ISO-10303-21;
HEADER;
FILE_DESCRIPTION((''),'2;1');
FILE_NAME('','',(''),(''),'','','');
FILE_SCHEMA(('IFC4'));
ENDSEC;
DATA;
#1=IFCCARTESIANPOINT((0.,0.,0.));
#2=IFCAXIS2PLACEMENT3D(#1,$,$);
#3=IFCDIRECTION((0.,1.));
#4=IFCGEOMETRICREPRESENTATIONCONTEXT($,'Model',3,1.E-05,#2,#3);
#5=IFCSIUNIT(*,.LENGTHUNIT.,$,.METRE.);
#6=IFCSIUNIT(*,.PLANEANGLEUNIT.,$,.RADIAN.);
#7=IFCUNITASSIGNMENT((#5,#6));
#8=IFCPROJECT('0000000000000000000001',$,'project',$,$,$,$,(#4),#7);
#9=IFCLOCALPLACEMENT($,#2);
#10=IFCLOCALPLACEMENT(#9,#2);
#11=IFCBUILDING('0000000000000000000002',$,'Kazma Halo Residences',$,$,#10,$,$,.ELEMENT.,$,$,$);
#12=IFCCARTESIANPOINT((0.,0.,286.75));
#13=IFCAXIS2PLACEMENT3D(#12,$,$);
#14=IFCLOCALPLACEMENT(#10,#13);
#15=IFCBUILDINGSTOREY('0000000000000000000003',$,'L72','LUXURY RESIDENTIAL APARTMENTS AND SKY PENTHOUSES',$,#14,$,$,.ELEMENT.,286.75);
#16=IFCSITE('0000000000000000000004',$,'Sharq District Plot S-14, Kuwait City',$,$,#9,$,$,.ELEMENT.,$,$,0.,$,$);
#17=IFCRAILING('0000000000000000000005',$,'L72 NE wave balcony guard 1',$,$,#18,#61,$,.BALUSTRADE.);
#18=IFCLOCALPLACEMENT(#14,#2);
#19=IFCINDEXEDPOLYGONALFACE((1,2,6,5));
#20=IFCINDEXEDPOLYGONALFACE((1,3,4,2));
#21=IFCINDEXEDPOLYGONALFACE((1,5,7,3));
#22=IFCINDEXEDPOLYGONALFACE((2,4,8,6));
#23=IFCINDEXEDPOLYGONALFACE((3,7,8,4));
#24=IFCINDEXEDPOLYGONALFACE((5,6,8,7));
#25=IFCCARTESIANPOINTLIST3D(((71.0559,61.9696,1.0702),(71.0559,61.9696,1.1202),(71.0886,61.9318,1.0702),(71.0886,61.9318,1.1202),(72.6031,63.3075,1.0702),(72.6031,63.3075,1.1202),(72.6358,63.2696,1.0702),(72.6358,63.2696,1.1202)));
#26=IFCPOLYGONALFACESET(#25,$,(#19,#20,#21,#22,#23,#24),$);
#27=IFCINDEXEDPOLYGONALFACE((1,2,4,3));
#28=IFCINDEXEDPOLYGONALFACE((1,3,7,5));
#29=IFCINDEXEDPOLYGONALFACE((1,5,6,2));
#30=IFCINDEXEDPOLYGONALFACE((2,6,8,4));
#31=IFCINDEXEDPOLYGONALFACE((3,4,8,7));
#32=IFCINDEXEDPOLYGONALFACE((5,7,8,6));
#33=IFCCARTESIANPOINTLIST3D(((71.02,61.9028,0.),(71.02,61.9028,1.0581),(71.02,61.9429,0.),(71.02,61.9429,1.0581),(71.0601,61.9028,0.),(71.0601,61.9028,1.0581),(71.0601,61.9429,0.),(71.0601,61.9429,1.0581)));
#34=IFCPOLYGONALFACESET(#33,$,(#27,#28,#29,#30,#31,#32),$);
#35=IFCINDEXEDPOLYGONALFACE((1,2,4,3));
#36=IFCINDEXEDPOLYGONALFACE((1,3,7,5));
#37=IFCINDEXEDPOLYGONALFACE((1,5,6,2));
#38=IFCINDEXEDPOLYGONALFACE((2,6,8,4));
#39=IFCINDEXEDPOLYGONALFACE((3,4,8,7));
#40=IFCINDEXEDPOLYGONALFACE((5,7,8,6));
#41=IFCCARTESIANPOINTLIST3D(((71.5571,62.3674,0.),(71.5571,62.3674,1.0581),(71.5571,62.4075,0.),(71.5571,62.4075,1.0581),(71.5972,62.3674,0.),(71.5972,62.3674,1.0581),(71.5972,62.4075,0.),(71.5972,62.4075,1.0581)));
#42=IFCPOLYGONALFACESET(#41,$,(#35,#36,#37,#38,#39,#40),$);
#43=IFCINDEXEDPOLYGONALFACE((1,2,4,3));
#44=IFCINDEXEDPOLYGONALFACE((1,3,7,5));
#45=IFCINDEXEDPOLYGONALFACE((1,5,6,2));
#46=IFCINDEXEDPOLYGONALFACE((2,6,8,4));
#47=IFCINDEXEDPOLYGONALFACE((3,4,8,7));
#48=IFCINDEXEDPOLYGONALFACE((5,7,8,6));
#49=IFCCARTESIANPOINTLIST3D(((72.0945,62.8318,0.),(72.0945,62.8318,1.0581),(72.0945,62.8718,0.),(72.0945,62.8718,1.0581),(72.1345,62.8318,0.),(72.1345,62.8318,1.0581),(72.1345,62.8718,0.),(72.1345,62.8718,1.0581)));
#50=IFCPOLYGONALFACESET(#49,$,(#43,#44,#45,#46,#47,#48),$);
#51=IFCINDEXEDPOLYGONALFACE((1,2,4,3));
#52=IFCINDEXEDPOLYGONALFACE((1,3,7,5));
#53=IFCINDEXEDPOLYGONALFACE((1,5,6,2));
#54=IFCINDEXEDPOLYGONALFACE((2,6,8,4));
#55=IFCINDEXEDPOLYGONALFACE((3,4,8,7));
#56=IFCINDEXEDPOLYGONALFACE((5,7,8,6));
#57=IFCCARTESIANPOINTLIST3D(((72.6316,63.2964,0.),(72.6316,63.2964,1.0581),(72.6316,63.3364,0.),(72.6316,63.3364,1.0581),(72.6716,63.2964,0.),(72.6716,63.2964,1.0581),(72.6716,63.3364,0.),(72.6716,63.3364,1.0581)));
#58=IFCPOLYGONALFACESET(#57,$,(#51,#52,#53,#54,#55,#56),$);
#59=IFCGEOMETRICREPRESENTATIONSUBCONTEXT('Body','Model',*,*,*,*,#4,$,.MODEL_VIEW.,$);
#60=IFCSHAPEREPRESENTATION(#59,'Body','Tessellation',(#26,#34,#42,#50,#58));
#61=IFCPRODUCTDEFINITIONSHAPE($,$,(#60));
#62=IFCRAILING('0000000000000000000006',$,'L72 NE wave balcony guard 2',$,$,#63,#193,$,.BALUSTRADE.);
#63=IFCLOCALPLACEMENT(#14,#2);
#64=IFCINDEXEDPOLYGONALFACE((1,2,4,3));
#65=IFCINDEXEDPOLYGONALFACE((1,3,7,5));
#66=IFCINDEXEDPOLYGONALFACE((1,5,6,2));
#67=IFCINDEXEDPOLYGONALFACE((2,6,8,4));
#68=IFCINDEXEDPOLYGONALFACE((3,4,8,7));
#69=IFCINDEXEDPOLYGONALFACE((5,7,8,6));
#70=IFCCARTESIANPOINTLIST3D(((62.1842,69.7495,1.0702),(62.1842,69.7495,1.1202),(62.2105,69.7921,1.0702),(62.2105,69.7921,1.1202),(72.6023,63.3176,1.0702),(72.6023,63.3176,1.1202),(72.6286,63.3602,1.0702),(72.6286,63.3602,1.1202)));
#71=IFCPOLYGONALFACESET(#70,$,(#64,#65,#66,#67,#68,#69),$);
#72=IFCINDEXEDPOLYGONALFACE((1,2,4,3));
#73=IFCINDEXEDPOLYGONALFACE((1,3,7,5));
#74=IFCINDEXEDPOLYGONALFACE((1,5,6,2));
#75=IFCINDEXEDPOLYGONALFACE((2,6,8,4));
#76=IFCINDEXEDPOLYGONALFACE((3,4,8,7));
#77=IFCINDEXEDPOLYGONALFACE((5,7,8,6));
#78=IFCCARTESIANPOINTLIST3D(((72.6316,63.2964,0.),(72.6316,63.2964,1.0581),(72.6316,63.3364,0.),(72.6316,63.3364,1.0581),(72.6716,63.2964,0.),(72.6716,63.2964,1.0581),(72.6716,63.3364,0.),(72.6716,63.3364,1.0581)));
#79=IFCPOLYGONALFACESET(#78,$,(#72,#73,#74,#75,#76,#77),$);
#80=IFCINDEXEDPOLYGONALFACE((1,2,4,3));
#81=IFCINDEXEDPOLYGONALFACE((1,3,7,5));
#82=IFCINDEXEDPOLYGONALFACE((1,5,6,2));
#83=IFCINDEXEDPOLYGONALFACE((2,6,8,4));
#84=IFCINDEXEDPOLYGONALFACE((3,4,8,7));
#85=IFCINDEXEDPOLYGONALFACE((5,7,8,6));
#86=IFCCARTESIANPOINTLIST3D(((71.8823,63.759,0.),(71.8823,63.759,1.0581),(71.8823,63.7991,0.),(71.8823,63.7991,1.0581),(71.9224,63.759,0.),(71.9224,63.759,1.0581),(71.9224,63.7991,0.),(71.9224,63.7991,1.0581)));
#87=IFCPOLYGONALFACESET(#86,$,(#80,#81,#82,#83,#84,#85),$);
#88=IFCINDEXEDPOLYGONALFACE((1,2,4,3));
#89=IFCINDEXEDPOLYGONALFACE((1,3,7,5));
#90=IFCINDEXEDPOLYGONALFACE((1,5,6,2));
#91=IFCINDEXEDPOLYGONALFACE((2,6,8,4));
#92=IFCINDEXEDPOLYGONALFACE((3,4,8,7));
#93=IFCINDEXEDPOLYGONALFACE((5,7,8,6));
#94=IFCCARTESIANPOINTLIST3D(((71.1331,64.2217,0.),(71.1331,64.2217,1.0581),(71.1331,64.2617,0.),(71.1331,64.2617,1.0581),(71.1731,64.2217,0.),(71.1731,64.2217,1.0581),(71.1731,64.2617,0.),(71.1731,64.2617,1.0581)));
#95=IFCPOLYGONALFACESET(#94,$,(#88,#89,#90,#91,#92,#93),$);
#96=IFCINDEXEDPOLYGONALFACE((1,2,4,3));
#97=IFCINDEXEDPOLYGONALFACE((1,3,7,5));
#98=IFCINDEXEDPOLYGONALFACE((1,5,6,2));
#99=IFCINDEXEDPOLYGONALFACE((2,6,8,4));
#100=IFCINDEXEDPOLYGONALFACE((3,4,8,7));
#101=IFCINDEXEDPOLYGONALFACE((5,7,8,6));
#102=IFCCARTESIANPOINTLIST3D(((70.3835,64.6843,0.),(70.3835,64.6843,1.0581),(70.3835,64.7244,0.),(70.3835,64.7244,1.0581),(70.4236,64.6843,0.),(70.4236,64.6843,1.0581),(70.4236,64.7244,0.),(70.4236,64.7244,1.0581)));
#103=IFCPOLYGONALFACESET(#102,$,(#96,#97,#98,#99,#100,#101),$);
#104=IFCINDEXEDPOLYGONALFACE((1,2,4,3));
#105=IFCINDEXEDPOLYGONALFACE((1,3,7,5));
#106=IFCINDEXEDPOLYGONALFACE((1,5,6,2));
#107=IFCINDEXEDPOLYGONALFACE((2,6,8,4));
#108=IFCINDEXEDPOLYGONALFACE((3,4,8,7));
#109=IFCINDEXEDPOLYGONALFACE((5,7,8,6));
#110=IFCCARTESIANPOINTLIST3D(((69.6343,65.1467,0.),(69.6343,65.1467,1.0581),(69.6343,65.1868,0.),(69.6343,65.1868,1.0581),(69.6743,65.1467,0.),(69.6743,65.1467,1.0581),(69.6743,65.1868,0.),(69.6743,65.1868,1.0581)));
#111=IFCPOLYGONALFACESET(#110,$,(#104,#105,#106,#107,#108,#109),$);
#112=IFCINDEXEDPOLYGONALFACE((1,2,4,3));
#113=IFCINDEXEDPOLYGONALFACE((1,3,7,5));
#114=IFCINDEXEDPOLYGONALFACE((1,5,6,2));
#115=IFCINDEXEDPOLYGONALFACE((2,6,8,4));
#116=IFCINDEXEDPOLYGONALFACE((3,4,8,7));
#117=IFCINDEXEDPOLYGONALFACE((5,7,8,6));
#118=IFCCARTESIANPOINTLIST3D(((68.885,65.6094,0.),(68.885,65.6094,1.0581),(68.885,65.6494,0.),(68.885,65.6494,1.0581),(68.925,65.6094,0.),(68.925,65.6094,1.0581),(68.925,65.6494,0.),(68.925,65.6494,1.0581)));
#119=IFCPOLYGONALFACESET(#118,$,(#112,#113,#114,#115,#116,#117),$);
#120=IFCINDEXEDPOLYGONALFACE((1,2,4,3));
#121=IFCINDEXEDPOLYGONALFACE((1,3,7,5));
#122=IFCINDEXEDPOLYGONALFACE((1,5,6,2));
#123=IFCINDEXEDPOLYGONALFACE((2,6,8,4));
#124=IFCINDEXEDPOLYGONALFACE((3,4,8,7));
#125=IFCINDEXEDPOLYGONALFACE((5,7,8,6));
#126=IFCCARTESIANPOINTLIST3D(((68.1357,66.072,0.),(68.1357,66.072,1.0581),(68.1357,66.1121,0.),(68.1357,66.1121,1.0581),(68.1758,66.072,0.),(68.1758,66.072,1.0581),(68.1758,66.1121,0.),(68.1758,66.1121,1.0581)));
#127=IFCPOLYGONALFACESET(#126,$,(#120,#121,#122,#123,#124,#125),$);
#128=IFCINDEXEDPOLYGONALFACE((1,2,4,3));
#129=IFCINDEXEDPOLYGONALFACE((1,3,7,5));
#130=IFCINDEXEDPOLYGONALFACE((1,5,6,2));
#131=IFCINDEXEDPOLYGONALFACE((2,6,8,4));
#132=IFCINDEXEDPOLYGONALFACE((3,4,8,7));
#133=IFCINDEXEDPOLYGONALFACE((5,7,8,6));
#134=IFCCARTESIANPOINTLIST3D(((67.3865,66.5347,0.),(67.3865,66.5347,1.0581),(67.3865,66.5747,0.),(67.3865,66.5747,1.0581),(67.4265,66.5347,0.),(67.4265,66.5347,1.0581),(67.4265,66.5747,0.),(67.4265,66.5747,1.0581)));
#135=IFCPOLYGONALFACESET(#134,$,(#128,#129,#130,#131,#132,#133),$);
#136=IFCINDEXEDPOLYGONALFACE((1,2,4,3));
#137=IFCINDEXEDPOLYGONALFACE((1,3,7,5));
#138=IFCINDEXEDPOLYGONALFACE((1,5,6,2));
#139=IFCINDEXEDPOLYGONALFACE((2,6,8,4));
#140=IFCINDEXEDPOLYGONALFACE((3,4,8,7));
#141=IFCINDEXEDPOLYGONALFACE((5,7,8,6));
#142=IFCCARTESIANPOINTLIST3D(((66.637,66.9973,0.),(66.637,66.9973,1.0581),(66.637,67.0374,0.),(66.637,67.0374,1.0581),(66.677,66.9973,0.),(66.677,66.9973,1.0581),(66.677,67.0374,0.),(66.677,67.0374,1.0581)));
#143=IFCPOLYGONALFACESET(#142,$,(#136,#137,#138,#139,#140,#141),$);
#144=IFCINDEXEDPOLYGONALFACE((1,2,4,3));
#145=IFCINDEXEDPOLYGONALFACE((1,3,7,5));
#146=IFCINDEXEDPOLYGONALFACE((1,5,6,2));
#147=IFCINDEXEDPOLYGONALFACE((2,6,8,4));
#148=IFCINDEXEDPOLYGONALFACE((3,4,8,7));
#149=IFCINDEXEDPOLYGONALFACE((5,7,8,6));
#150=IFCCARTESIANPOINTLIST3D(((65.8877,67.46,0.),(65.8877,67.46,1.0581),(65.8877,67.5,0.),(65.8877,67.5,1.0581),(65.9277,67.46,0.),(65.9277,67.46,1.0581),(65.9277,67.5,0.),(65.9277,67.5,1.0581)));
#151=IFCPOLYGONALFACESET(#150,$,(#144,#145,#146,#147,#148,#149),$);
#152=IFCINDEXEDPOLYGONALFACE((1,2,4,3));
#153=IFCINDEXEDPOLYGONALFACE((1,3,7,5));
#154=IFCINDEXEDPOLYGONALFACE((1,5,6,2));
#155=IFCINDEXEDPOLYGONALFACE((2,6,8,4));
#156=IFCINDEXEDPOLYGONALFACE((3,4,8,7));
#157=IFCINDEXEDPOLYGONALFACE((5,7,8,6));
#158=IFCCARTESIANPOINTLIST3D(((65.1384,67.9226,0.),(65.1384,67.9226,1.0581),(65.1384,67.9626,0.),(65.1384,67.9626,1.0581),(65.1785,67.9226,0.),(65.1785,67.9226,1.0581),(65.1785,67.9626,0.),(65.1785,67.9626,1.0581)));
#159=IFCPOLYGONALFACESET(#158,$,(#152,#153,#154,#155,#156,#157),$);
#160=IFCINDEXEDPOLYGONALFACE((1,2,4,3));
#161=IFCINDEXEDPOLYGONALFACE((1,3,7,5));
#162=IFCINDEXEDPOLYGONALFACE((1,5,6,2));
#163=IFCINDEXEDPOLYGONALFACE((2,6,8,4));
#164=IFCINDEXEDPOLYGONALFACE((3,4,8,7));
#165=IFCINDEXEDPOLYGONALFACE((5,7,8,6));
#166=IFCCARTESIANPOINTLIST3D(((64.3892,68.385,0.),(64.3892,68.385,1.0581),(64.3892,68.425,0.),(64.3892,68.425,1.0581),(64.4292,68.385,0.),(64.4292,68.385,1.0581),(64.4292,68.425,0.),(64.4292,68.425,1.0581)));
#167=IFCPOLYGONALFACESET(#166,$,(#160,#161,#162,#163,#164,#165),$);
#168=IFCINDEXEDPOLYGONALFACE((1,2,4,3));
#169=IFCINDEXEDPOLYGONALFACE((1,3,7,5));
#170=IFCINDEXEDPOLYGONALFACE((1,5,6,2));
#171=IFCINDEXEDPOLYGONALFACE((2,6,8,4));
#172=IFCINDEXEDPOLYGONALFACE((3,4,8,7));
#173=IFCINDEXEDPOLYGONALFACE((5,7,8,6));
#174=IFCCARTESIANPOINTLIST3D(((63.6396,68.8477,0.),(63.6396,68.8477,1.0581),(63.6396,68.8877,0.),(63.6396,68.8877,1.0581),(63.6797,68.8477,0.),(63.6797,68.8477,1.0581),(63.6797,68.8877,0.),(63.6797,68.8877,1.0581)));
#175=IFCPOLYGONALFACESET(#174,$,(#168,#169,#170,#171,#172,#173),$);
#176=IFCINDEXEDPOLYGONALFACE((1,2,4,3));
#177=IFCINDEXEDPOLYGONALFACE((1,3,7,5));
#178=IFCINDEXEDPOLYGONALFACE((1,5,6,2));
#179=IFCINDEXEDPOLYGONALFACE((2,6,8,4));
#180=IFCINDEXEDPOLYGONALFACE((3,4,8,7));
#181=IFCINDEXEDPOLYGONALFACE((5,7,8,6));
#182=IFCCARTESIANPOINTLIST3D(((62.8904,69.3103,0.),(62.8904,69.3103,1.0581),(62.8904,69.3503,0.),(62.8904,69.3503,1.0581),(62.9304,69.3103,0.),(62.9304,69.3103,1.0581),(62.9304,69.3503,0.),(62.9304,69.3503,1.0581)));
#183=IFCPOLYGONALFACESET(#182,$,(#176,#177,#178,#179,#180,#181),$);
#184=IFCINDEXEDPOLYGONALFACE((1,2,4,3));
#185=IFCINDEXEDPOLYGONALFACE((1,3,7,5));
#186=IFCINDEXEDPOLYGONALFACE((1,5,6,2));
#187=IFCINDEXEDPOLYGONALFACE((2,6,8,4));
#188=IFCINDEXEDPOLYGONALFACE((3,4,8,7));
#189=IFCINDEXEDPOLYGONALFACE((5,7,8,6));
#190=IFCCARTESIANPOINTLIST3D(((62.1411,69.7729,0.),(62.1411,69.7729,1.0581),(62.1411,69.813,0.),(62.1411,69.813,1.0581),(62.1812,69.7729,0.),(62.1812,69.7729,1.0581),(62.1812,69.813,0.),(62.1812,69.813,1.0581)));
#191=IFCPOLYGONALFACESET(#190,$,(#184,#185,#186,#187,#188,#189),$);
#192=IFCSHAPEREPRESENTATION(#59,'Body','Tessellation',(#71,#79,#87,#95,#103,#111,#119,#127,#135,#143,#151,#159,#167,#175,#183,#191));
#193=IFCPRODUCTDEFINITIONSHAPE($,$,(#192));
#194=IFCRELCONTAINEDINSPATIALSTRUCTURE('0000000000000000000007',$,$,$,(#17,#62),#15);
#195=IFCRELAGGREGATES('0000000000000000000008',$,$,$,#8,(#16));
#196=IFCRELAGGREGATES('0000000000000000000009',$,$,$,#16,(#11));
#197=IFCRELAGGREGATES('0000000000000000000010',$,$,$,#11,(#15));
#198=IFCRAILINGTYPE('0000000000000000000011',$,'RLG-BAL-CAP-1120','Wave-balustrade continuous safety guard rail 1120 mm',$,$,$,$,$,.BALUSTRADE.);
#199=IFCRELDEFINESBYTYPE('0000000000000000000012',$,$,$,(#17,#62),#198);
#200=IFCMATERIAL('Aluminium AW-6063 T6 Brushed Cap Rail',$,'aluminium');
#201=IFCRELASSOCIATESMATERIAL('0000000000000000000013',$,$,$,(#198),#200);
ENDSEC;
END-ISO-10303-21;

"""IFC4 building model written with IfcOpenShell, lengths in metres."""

from ifc_helpers import new_model, si_unit, direction, frame, origin, origin_2d, place, context, subcontext, project, spatial, rectangle, extrude, material, type_object, element, save


model = new_model("IFC4")

# Units and contexts
model_context = context("Model", 3, precision=1e-05, world=origin(), true_north=direction((0.0, 1.0)))
body_context = subcontext(model_context, "Body", "Model", "MODEL_VIEW")
ifc_project = project(units=[si_unit("LENGTHUNIT", "METRE"), si_unit("PLANEANGLEUNIT", "RADIAN")], contexts=[model_context])

# Site, building, storey
site_placement = place(None, origin())
site = spatial("IfcSite", under=ifc_project, at=site_placement, Name="Sharq District Plot S-14, Kuwait City", CompositionType="ELEMENT", RefElevation=0.0)
building_placement = place(site_placement, origin())
building = spatial("IfcBuilding", under=site, at=building_placement, Name="Kazma Halo Residences", CompositionType="ELEMENT")
storey_placement = place(building_placement, frame((0.0, 0.0, 286.75)))
storey = spatial("IfcBuildingStorey", under=building, at=storey_placement, Name="L72", Description="LUXURY RESIDENTIAL APARTMENTS AND SKY PENTHOUSES", CompositionType="ELEMENT", Elevation=286.75)

# Railings
ifc_material_1 = material(Name="Aluminium AW-6063 T6 Brushed Cap Rail", Category="aluminium")
railing_type = type_object("IfcRailingType", Name="RLG-BAL-CAP-1120", Description="Wave-balustrade continuous safety guard rail 1120 mm", PredefinedType="BALUSTRADE", material=ifc_material_1)
railing_1_placement = place(storey_placement, frame((71.04, 61.9229, 0.0)))
element("IfcRailing", 1, at=railing_1_placement, inside=storey, type_object=railing_type, Name="L72 NE wave balcony guard 1", PredefinedType="BALUSTRADE", context=body_context, shape_type="SweptSolid", body=[
    extrude(rectangle(XDim=0.05, YDim=0.05, at=origin_2d()), frame((0.0322, 0.0278, 1.0952), z_axis=(0.756418, 0.654088, 0.0), x_axis=(-0.654088, 0.756418, 0.0)), (0.0, 0.0, 1.0), 2.0454),
    extrude(rectangle(XDim=0.04, YDim=0.04, at=origin_2d()), origin(), (0.0, 0.0, 1.0), 1.0581),
    extrude(rectangle(XDim=0.04, YDim=0.04, at=origin_2d()), frame((0.5371, 0.4646, 0.0)), (0.0, 0.0, 1.0), 1.0581),
    extrude(rectangle(XDim=0.04, YDim=0.04, at=origin_2d()), frame((1.0745, 0.929, 0.0)), (0.0, 0.0, 1.0), 1.0581),
    extrude(rectangle(XDim=0.04, YDim=0.04, at=origin_2d()), frame((1.6116, 1.3936, 0.0)), (0.0, 0.0, 1.0), 1.0581),
])
railing_2_placement = place(storey_placement, frame((72.6516, 63.3164, 0.0)))
element("IfcRailing", 2, at=railing_2_placement, inside=storey, type_object=railing_type, Name="L72 NE wave balcony guard 2", PredefinedType="BALUSTRADE", context=body_context, shape_type="SweptSolid", body=[
    extrude(rectangle(XDim=0.05, YDim=0.05, at=origin_2d()), frame((-0.0361, 0.0225, 1.0952), z_axis=(-0.850901, 0.525325, 0.0), x_axis=(-0.525325, -0.850901, 0.0)), (0.0, 0.0, 1.0), 12.2437),
    extrude(rectangle(XDim=0.04, YDim=0.04, at=origin_2d()), origin(), (0.0, 0.0, 1.0), 1.0581),
    extrude(rectangle(XDim=0.04, YDim=0.04, at=origin_2d()), frame((-0.7493, 0.4626, 0.0)), (0.0, 0.0, 1.0), 1.0581),
    extrude(rectangle(XDim=0.04, YDim=0.04, at=origin_2d()), frame((-1.4985, 0.9253, 0.0)), (0.0, 0.0, 1.0), 1.0581),
    extrude(rectangle(XDim=0.04, YDim=0.04, at=origin_2d()), frame((-2.248, 1.3879, 0.0)), (0.0, 0.0, 1.0), 1.0581),
    extrude(rectangle(XDim=0.04, YDim=0.04, at=origin_2d()), frame((-2.9973, 1.8503, 0.0)), (0.0, 0.0, 1.0), 1.0581),
    extrude(rectangle(XDim=0.04, YDim=0.04, at=origin_2d()), frame((-3.7466, 2.313, 0.0)), (0.0, 0.0, 1.0), 1.0581),
    extrude(rectangle(XDim=0.04, YDim=0.04, at=origin_2d()), frame((-4.4958, 2.7756, 0.0)), (0.0, 0.0, 1.0), 1.0581),
    extrude(rectangle(XDim=0.04, YDim=0.04, at=origin_2d()), frame((-5.2451, 3.2383, 0.0)), (0.0, 0.0, 1.0), 1.0581),
    extrude(rectangle(XDim=0.04, YDim=0.04, at=origin_2d()), frame((-5.9946, 3.7009, 0.0)), (0.0, 0.0, 1.0), 1.0581),
    extrude(rectangle(XDim=0.04, YDim=0.04, at=origin_2d()), frame((-6.7439, 4.1636, 0.0)), (0.0, 0.0, 1.0), 1.0581),
    extrude(rectangle(XDim=0.04, YDim=0.04, at=origin_2d()), frame((-7.4932, 4.6262, 0.0)), (0.0, 0.0, 1.0), 1.0581),
    extrude(rectangle(XDim=0.04, YDim=0.04, at=origin_2d()), frame((-8.2424, 5.0886, 0.0)), (0.0, 0.0, 1.0), 1.0581),
    extrude(rectangle(XDim=0.04, YDim=0.04, at=origin_2d()), frame((-8.9919, 5.5513, 0.0)), (0.0, 0.0, 1.0), 1.0581),
    extrude(rectangle(XDim=0.04, YDim=0.04, at=origin_2d()), frame((-9.7412, 6.0139, 0.0)), (0.0, 0.0, 1.0), 1.0581),
    extrude(rectangle(XDim=0.04, YDim=0.04, at=origin_2d()), frame((-10.4905, 6.4766, 0.0)), (0.0, 0.0, 1.0), 1.0581),
])

save(model, "model.ifc")
